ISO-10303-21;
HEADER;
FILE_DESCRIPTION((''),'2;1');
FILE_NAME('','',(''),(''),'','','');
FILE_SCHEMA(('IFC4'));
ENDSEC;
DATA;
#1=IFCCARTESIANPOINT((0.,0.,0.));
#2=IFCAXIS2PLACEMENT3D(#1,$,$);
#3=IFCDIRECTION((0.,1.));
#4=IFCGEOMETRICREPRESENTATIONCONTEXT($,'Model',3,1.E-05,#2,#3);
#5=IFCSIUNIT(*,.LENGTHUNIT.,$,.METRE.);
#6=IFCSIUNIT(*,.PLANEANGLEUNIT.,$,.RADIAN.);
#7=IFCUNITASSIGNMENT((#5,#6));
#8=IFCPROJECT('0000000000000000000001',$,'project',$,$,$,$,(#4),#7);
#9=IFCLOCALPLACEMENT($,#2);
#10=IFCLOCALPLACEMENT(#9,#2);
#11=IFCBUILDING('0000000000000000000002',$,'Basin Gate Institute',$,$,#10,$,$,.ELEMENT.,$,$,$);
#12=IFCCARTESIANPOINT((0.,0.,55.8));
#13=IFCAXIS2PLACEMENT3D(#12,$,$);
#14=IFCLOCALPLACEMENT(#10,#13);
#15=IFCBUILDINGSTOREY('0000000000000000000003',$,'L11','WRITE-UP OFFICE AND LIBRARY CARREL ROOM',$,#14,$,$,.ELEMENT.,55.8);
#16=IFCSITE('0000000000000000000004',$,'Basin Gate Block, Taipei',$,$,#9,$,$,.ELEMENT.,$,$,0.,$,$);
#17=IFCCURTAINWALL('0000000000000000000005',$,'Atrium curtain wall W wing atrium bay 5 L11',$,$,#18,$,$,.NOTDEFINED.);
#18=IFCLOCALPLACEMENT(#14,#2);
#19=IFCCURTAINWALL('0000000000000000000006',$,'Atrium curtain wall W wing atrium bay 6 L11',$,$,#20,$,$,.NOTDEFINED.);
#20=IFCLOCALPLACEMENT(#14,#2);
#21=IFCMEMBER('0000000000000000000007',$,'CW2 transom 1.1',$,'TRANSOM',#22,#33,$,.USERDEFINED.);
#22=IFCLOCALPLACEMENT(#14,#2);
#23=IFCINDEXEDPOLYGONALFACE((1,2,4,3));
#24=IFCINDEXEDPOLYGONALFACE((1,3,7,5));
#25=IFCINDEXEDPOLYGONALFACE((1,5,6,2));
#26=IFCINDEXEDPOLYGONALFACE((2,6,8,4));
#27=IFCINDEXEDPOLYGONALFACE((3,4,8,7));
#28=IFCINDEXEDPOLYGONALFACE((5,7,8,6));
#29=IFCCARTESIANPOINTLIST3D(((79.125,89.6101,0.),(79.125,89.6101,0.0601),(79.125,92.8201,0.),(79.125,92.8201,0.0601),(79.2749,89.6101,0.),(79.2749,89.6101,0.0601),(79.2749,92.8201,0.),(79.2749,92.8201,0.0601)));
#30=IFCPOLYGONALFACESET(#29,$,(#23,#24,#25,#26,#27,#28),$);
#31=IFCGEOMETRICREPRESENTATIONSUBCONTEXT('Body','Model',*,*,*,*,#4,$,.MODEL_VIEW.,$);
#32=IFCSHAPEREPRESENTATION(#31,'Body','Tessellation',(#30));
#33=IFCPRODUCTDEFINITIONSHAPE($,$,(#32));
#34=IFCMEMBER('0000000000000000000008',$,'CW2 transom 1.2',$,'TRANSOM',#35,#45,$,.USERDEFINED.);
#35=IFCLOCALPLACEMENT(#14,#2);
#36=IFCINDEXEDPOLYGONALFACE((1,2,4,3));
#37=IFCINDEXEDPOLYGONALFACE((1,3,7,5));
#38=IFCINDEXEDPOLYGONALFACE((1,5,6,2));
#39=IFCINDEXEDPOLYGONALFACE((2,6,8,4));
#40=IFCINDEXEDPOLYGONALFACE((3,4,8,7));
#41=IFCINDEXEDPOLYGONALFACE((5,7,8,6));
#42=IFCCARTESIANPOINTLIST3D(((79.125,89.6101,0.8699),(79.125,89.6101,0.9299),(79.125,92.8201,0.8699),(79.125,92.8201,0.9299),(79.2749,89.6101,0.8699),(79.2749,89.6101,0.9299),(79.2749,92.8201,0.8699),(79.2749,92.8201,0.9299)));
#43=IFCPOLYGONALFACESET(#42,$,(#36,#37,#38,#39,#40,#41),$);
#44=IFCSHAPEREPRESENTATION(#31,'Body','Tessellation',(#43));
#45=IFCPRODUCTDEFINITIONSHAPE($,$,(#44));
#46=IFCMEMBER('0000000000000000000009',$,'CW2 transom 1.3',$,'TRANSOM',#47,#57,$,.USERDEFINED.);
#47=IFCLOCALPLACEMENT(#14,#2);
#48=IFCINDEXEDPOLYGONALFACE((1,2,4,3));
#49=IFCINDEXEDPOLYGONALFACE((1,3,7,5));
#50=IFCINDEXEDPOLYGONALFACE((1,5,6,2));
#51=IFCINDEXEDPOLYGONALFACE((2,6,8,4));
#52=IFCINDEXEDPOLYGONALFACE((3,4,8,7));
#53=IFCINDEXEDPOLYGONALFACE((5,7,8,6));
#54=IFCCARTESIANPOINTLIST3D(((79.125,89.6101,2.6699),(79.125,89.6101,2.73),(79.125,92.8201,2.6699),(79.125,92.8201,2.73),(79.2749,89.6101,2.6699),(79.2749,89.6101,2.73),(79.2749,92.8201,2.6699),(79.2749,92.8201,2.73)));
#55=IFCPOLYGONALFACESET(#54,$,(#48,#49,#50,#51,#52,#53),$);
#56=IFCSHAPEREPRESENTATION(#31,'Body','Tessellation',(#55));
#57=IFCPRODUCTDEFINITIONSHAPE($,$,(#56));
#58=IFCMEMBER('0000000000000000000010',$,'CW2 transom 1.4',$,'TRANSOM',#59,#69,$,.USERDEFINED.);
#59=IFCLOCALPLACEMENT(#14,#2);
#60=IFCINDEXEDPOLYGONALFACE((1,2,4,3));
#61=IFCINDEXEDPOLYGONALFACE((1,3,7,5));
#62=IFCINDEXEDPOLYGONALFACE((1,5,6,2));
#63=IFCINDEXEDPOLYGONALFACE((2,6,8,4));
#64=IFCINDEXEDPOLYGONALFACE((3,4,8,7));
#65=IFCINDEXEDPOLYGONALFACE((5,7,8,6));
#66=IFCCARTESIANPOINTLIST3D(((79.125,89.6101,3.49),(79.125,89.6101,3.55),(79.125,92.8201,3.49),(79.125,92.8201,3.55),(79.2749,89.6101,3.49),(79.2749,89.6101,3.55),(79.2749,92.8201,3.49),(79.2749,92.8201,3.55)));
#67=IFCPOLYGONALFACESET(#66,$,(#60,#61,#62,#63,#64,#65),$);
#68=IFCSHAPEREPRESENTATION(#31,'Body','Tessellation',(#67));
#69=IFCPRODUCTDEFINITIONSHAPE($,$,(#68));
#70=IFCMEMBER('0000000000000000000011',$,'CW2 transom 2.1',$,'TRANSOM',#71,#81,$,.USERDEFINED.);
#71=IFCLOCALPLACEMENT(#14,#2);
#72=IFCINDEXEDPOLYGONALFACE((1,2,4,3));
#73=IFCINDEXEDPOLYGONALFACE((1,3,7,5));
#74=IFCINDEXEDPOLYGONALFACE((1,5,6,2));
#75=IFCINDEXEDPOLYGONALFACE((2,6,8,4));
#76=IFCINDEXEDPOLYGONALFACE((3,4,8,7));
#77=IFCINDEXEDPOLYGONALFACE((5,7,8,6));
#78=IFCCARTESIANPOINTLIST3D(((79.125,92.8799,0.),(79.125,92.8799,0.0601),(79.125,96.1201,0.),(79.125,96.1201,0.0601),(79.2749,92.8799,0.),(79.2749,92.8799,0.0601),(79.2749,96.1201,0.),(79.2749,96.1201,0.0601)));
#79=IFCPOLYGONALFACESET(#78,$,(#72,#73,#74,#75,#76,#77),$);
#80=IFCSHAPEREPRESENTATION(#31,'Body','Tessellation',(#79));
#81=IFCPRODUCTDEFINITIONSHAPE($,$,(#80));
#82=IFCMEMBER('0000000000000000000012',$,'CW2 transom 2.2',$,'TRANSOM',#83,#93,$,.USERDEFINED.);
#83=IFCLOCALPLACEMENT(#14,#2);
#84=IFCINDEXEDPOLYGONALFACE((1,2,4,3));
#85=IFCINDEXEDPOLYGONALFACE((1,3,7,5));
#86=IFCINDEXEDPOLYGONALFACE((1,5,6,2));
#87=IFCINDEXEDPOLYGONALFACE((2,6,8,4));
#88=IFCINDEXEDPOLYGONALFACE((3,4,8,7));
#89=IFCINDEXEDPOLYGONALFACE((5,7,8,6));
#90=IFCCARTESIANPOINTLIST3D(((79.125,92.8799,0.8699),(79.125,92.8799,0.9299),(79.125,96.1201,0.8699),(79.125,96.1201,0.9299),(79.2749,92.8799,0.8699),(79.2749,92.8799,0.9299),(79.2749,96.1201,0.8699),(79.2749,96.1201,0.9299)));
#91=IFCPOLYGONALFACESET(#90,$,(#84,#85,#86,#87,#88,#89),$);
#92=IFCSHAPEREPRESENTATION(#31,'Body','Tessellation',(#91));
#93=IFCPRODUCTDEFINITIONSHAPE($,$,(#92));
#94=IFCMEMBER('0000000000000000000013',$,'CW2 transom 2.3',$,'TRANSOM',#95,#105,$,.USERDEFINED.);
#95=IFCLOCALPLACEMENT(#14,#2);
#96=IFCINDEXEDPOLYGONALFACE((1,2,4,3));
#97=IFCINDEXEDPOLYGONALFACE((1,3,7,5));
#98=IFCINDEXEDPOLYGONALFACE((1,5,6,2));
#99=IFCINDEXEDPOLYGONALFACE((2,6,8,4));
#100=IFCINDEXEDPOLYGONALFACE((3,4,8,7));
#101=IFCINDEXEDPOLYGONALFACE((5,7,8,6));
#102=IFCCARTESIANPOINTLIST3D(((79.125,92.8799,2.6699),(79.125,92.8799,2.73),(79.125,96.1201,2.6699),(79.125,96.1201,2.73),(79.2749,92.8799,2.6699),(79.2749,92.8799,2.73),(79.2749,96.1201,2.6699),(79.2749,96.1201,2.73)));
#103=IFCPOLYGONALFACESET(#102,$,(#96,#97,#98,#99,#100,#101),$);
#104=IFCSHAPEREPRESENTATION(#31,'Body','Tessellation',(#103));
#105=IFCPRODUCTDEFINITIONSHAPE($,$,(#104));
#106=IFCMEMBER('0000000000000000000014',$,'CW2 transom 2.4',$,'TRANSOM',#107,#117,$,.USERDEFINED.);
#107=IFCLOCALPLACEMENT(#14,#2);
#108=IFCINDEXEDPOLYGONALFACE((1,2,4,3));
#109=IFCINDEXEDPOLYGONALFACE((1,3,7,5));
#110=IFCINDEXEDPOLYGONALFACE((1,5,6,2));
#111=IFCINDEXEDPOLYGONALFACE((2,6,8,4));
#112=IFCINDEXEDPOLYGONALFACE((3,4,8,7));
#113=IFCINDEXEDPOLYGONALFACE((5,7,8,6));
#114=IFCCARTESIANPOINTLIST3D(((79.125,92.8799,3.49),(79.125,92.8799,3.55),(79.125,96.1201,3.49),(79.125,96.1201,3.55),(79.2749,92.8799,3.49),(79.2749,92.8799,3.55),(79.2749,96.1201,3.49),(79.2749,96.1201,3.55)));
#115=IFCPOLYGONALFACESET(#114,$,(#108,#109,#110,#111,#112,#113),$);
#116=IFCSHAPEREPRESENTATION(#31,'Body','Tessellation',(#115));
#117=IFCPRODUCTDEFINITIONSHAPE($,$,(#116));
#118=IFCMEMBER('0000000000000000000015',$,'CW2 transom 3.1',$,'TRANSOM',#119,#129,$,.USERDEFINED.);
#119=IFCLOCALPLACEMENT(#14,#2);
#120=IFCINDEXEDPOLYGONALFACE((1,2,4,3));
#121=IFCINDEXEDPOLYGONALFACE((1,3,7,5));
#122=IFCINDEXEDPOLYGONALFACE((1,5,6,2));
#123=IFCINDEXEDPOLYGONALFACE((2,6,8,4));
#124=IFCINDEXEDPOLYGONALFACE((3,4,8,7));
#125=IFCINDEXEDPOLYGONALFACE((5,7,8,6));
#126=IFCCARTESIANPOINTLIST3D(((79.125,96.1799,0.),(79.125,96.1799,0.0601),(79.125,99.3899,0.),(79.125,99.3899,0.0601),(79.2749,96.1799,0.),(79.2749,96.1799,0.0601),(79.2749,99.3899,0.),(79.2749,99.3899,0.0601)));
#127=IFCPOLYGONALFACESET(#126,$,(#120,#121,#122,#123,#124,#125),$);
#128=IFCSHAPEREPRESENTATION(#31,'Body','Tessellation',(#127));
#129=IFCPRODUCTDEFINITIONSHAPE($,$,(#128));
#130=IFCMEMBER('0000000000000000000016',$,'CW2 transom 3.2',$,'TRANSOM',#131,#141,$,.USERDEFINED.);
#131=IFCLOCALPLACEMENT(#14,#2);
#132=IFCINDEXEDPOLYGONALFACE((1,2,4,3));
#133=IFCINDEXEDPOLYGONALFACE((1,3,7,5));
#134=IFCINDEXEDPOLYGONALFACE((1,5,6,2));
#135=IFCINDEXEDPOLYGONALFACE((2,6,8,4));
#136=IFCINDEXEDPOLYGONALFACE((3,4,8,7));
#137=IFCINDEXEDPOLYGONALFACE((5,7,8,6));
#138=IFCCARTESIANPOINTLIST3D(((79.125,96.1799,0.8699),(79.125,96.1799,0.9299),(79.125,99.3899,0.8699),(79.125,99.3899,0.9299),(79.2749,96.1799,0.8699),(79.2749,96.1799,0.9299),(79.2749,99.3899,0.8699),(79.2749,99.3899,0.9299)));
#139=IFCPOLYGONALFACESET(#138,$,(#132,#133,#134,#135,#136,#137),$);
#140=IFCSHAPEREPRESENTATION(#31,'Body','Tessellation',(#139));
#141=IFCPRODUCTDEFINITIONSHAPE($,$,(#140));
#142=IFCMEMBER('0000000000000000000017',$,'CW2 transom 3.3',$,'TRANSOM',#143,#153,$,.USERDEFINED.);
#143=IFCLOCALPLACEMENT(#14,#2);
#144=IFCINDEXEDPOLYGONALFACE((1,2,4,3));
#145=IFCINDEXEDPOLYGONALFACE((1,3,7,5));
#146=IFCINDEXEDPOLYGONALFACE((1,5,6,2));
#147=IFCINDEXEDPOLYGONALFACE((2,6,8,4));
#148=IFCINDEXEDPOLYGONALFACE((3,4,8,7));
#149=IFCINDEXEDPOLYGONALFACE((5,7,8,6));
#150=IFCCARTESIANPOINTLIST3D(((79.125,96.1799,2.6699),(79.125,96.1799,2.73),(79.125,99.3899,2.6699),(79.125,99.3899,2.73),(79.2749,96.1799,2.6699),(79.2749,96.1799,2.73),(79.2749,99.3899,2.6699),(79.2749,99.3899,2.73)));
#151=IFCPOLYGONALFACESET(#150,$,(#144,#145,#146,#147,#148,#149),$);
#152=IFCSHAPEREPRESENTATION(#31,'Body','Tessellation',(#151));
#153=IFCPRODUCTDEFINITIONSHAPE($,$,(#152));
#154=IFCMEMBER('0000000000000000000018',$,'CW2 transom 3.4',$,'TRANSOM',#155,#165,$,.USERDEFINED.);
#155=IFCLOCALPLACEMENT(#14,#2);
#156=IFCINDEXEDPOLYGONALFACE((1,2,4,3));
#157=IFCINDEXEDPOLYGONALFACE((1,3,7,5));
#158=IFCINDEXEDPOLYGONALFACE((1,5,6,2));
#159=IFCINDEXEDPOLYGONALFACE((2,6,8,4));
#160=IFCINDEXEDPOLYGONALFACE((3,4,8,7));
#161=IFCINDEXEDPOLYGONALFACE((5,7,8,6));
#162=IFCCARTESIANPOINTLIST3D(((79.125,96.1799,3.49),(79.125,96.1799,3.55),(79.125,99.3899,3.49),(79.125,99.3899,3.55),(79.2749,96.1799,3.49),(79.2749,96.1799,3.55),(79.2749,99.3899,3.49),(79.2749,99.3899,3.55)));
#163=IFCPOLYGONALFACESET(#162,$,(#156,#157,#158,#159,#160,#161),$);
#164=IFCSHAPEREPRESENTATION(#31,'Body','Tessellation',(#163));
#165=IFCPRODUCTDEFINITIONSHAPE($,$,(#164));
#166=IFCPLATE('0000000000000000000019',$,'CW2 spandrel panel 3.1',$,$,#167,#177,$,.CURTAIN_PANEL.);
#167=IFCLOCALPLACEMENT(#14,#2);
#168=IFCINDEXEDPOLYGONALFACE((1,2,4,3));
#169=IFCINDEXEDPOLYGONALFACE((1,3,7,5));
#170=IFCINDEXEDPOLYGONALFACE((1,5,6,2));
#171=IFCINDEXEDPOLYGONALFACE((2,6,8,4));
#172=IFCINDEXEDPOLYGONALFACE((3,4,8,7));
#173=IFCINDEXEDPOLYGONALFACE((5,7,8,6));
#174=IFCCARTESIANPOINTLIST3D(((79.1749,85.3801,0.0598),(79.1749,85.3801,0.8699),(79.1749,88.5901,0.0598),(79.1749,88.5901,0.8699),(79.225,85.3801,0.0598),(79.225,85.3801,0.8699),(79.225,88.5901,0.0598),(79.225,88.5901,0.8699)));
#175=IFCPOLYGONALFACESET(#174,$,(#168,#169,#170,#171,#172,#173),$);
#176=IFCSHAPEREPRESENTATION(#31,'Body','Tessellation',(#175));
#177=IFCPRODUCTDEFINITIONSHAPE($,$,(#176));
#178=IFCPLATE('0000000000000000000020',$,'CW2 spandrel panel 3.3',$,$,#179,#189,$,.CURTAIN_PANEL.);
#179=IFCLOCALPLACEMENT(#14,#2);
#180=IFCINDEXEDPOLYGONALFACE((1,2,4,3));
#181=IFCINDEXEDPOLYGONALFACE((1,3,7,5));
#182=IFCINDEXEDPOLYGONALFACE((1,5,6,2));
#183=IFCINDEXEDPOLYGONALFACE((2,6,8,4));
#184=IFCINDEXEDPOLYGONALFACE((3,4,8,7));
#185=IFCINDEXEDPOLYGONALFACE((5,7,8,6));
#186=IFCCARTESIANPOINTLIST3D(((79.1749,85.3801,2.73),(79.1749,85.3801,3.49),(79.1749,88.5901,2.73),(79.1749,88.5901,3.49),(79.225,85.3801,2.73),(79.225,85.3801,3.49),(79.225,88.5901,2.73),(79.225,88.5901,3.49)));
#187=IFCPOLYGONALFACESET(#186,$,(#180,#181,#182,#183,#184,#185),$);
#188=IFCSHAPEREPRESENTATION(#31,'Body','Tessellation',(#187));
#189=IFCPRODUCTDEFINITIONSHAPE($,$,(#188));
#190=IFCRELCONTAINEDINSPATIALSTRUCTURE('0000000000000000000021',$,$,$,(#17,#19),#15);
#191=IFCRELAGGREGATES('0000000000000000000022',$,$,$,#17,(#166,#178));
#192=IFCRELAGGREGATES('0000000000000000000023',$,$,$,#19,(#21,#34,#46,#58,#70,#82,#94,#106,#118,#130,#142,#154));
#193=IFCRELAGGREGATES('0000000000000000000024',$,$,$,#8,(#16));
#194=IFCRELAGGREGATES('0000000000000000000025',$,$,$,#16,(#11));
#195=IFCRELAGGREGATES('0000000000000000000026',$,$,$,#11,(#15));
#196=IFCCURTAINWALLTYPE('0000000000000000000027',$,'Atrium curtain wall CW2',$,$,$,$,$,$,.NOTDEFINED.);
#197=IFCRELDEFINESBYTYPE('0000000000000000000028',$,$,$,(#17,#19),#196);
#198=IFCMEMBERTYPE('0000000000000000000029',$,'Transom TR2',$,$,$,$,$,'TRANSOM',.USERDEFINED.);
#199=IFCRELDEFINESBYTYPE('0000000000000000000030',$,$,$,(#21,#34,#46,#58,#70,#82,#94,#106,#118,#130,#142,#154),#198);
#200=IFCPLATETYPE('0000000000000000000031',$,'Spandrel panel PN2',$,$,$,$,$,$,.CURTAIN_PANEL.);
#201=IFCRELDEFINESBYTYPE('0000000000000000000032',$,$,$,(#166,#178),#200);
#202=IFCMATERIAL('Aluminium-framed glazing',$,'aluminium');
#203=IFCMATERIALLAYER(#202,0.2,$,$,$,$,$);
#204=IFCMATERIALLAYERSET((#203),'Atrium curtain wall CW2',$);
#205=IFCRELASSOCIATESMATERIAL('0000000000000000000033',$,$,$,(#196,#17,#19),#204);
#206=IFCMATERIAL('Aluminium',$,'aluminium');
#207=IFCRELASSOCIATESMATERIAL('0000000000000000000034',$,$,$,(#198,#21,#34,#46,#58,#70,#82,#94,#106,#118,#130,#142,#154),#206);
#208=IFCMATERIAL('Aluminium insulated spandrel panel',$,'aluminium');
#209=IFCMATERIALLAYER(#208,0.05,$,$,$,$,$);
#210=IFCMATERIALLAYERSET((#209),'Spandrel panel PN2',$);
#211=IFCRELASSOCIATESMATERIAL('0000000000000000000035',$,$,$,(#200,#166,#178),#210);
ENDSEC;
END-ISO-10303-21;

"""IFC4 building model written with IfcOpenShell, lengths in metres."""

from ifc_helpers import new_model, si_unit, direction, frame, origin, origin_2d, place, context, subcontext, project, spatial, rectangle, extrude, material, layer, layer_set, material_profile, profile_set, type_object, element, aggregate, save


model = new_model("IFC4")

# Units and contexts
model_context = context("Model", 3, precision=1e-05, world=origin(), true_north=direction((0.0, 1.0)))
body_context = subcontext(model_context, "Body", "Model", "MODEL_VIEW")
ifc_project = project(units=[si_unit("LENGTHUNIT", "METRE"), si_unit("PLANEANGLEUNIT", "RADIAN")], contexts=[model_context])

# Site, building, storey
site_placement = place(None, origin())
site = spatial("IfcSite", under=ifc_project, at=site_placement, Name="Basin Gate Block, Taipei", CompositionType="ELEMENT", RefElevation=0.0)
building_placement = place(site_placement, origin())
building = spatial("IfcBuilding", under=site, at=building_placement, Name="Basin Gate Institute", CompositionType="ELEMENT")
storey_placement = place(building_placement, frame((0.0, 0.0, 55.8)))
storey = spatial("IfcBuildingStorey", under=building, at=storey_placement, Name="L11", Description="WRITE-UP OFFICE AND LIBRARY CARREL ROOM", CompositionType="ELEMENT", Elevation=55.8)

# Curtain walls
ifc_material_1 = material(Name="Aluminium-framed glazing", Category="aluminium")
ifc_layer_1 = layer(ifc_material_1, 0.2)
ifc_layer_set_1 = layer_set([ifc_layer_1], Name="Atrium curtain wall CW2")
curtain_wall_type = type_object("IfcCurtainWallType", Name="Atrium curtain wall CW2", PredefinedType="NOTDEFINED", material=ifc_layer_set_1)
curtain_wall_1_placement = place(storey_placement, origin())
curtain_wall_1 = element("IfcCurtainWall", 1, at=curtain_wall_1_placement, inside=storey, type_object=curtain_wall_type, material=ifc_layer_set_1, Name="Atrium curtain wall W wing atrium bay 5 L11", PredefinedType="NOTDEFINED")
curtain_wall_2_placement = place(storey_placement, origin())
curtain_wall_2 = element("IfcCurtainWall", 2, at=curtain_wall_2_placement, inside=storey, type_object=curtain_wall_type, material=ifc_layer_set_1, Name="Atrium curtain wall W wing atrium bay 6 L11", PredefinedType="NOTDEFINED")

# Members
ifc_material_2 = material(Name="Aluminium", Category="aluminium")
ifc_material_profile_1 = material_profile(ifc_material_2, rectangle(XDim=0.1499, YDim=0.0601, at=origin_2d()), Name="Transom TR2 150 x 60")
ifc_profile_set_1 = profile_set([ifc_material_profile_1], Name="Aluminium")
member_type_1 = type_object("IfcMemberType", Name="Transom TR2", ElementType="TRANSOM", PredefinedType="USERDEFINED", material=ifc_profile_set_1)
member_1_placement = place(storey_placement, frame((79.2, 89.6101, 0.03), z_axis=(0.0, 1.0, 0.0), x_axis=(-1.0, 0.0, 0.0)))
member_1 = element("IfcMember", 3, at=member_1_placement, type_object=member_type_1, material=ifc_profile_set_1, Name="CW2 transom 1.1", ObjectType="TRANSOM", PredefinedType="USERDEFINED", context=body_context, shape_type="SweptSolid", body=[
    extrude(rectangle(XDim=0.1499, YDim=0.0601, at=origin_2d()), origin(), (0.0, 0.0, 1.0), 3.21),
])
member_2_placement = place(storey_placement, frame((79.2, 89.6101, 0.8999), z_axis=(0.0, 1.0, 0.0), x_axis=(-1.0, 0.0, 0.0)))
member_2 = element("IfcMember", 4, at=member_2_placement, type_object=member_type_1, material=ifc_profile_set_1, Name="CW2 transom 1.2", ObjectType="TRANSOM", PredefinedType="USERDEFINED", context=body_context, shape_type="SweptSolid", body=[
    extrude(rectangle(XDim=0.1499, YDim=0.0601, at=origin_2d()), origin(), (0.0, 0.0, 1.0), 3.21),
])
member_3_placement = place(storey_placement, frame((79.2, 89.6101, 2.7), z_axis=(0.0, 1.0, 0.0), x_axis=(-1.0, 0.0, 0.0)))
member_3 = element("IfcMember", 5, at=member_3_placement, type_object=member_type_1, material=ifc_profile_set_1, Name="CW2 transom 1.3", ObjectType="TRANSOM", PredefinedType="USERDEFINED", context=body_context, shape_type="SweptSolid", body=[
    extrude(rectangle(XDim=0.1499, YDim=0.0601, at=origin_2d()), origin(), (0.0, 0.0, 1.0), 3.21),
])
member_4_placement = place(storey_placement, frame((79.2, 89.6101, 3.52), z_axis=(0.0, 1.0, 0.0), x_axis=(-1.0, 0.0, 0.0)))
member_4 = element("IfcMember", 6, at=member_4_placement, type_object=member_type_1, material=ifc_profile_set_1, Name="CW2 transom 1.4", ObjectType="TRANSOM", PredefinedType="USERDEFINED", context=body_context, shape_type="SweptSolid", body=[
    extrude(rectangle(XDim=0.1499, YDim=0.0601, at=origin_2d()), origin(), (0.0, 0.0, 1.0), 3.21),
])
member_5_placement = place(storey_placement, frame((79.2, 92.8799, 0.03), z_axis=(0.0, 1.0, 0.0), x_axis=(-1.0, 0.0, 0.0)))
member_5 = element("IfcMember", 7, at=member_5_placement, type_object=member_type_1, material=ifc_profile_set_1, Name="CW2 transom 2.1", ObjectType="TRANSOM", PredefinedType="USERDEFINED", context=body_context, shape_type="SweptSolid", body=[
    extrude(rectangle(XDim=0.1499, YDim=0.0601, at=origin_2d()), origin(), (0.0, 0.0, 1.0), 3.2402),
])
member_6_placement = place(storey_placement, frame((79.2, 92.8799, 0.8999), z_axis=(0.0, 1.0, 0.0), x_axis=(-1.0, 0.0, 0.0)))
member_6 = element("IfcMember", 8, at=member_6_placement, type_object=member_type_1, material=ifc_profile_set_1, Name="CW2 transom 2.2", ObjectType="TRANSOM", PredefinedType="USERDEFINED", context=body_context, shape_type="SweptSolid", body=[
    extrude(rectangle(XDim=0.1499, YDim=0.0601, at=origin_2d()), origin(), (0.0, 0.0, 1.0), 3.2402),
])
member_7_placement = place(storey_placement, frame((79.2, 92.8799, 2.7), z_axis=(0.0, 1.0, 0.0), x_axis=(-1.0, 0.0, 0.0)))
member_7 = element("IfcMember", 9, at=member_7_placement, type_object=member_type_1, material=ifc_profile_set_1, Name="CW2 transom 2.3", ObjectType="TRANSOM", PredefinedType="USERDEFINED", context=body_context, shape_type="SweptSolid", body=[
    extrude(rectangle(XDim=0.1499, YDim=0.0601, at=origin_2d()), origin(), (0.0, 0.0, 1.0), 3.2402),
])
member_8_placement = place(storey_placement, frame((79.2, 92.8799, 3.52), z_axis=(0.0, 1.0, 0.0), x_axis=(-1.0, 0.0, 0.0)))
member_8 = element("IfcMember", 10, at=member_8_placement, type_object=member_type_1, material=ifc_profile_set_1, Name="CW2 transom 2.4", ObjectType="TRANSOM", PredefinedType="USERDEFINED", context=body_context, shape_type="SweptSolid", body=[
    extrude(rectangle(XDim=0.1499, YDim=0.0601, at=origin_2d()), origin(), (0.0, 0.0, 1.0), 3.2402),
])
member_9_placement = place(storey_placement, frame((79.2, 96.1799, 0.03), z_axis=(0.0, 1.0, 0.0), x_axis=(-1.0, 0.0, 0.0)))
member_9 = element("IfcMember", 11, at=member_9_placement, type_object=member_type_1, material=ifc_profile_set_1, Name="CW2 transom 3.1", ObjectType="TRANSOM", PredefinedType="USERDEFINED", context=body_context, shape_type="SweptSolid", body=[
    extrude(rectangle(XDim=0.1499, YDim=0.0601, at=origin_2d()), origin(), (0.0, 0.0, 1.0), 3.21),
])
member_10_placement = place(storey_placement, frame((79.2, 96.1799, 0.8999), z_axis=(0.0, 1.0, 0.0), x_axis=(-1.0, 0.0, 0.0)))
member_10 = element("IfcMember", 12, at=member_10_placement, type_object=member_type_1, material=ifc_profile_set_1, Name="CW2 transom 3.2", ObjectType="TRANSOM", PredefinedType="USERDEFINED", context=body_context, shape_type="SweptSolid", body=[
    extrude(rectangle(XDim=0.1499, YDim=0.0601, at=origin_2d()), origin(), (0.0, 0.0, 1.0), 3.21),
])
member_11_placement = place(storey_placement, frame((79.2, 96.1799, 2.7), z_axis=(0.0, 1.0, 0.0), x_axis=(-1.0, 0.0, 0.0)))
member_11 = element("IfcMember", 13, at=member_11_placement, type_object=member_type_1, material=ifc_profile_set_1, Name="CW2 transom 3.3", ObjectType="TRANSOM", PredefinedType="USERDEFINED", context=body_context, shape_type="SweptSolid", body=[
    extrude(rectangle(XDim=0.1499, YDim=0.0601, at=origin_2d()), origin(), (0.0, 0.0, 1.0), 3.21),
])
member_12_placement = place(storey_placement, frame((79.2, 96.1799, 3.52), z_axis=(0.0, 1.0, 0.0), x_axis=(-1.0, 0.0, 0.0)))
member_12 = element("IfcMember", 14, at=member_12_placement, type_object=member_type_1, material=ifc_profile_set_1, Name="CW2 transom 3.4", ObjectType="TRANSOM", PredefinedType="USERDEFINED", context=body_context, shape_type="SweptSolid", body=[
    extrude(rectangle(XDim=0.1499, YDim=0.0601, at=origin_2d()), origin(), (0.0, 0.0, 1.0), 3.21),
])

# Plates
ifc_material_3 = material(Name="Aluminium insulated spandrel panel", Category="aluminium")
ifc_layer_2 = layer(ifc_material_3, 0.05)
ifc_layer_set_2 = layer_set([ifc_layer_2], Name="Spandrel panel PN2")
plate_type_1 = type_object("IfcPlateType", Name="Spandrel panel PN2", PredefinedType="CURTAIN_PANEL", material=ifc_layer_set_2)
plate_1_placement = place(storey_placement, frame((79.2, 86.9851, 0.0598), z_axis=(0.0, 0.0, 1.0), x_axis=(0.0, 1.0, 0.0)))
plate_1 = element("IfcPlate", 15, at=plate_1_placement, type_object=plate_type_1, material=ifc_layer_set_2, Name="CW2 spandrel panel 3.1", PredefinedType="CURTAIN_PANEL", context=body_context, shape_type="SweptSolid", body=[
    extrude(rectangle(XDim=3.21, YDim=0.05, at=origin_2d()), origin(), (0.0, 0.0, 1.0), 0.8101),
])
plate_2_placement = place(storey_placement, frame((79.2, 86.9851, 2.73), z_axis=(0.0, 0.0, 1.0), x_axis=(0.0, 1.0, 0.0)))
plate_2 = element("IfcPlate", 16, at=plate_2_placement, type_object=plate_type_1, material=ifc_layer_set_2, Name="CW2 spandrel panel 3.3", PredefinedType="CURTAIN_PANEL", context=body_context, shape_type="SweptSolid", body=[
    extrude(rectangle(XDim=3.21, YDim=0.05, at=origin_2d()), origin(), (0.0, 0.0, 1.0), 0.76),
])
aggregate(curtain_wall_1, [plate_1, plate_2])
aggregate(curtain_wall_2, [member_1, member_2, member_3, member_4, member_5, member_6, member_7, member_8, member_9, member_10, member_11, member_12])

save(model, "model.ifc")
